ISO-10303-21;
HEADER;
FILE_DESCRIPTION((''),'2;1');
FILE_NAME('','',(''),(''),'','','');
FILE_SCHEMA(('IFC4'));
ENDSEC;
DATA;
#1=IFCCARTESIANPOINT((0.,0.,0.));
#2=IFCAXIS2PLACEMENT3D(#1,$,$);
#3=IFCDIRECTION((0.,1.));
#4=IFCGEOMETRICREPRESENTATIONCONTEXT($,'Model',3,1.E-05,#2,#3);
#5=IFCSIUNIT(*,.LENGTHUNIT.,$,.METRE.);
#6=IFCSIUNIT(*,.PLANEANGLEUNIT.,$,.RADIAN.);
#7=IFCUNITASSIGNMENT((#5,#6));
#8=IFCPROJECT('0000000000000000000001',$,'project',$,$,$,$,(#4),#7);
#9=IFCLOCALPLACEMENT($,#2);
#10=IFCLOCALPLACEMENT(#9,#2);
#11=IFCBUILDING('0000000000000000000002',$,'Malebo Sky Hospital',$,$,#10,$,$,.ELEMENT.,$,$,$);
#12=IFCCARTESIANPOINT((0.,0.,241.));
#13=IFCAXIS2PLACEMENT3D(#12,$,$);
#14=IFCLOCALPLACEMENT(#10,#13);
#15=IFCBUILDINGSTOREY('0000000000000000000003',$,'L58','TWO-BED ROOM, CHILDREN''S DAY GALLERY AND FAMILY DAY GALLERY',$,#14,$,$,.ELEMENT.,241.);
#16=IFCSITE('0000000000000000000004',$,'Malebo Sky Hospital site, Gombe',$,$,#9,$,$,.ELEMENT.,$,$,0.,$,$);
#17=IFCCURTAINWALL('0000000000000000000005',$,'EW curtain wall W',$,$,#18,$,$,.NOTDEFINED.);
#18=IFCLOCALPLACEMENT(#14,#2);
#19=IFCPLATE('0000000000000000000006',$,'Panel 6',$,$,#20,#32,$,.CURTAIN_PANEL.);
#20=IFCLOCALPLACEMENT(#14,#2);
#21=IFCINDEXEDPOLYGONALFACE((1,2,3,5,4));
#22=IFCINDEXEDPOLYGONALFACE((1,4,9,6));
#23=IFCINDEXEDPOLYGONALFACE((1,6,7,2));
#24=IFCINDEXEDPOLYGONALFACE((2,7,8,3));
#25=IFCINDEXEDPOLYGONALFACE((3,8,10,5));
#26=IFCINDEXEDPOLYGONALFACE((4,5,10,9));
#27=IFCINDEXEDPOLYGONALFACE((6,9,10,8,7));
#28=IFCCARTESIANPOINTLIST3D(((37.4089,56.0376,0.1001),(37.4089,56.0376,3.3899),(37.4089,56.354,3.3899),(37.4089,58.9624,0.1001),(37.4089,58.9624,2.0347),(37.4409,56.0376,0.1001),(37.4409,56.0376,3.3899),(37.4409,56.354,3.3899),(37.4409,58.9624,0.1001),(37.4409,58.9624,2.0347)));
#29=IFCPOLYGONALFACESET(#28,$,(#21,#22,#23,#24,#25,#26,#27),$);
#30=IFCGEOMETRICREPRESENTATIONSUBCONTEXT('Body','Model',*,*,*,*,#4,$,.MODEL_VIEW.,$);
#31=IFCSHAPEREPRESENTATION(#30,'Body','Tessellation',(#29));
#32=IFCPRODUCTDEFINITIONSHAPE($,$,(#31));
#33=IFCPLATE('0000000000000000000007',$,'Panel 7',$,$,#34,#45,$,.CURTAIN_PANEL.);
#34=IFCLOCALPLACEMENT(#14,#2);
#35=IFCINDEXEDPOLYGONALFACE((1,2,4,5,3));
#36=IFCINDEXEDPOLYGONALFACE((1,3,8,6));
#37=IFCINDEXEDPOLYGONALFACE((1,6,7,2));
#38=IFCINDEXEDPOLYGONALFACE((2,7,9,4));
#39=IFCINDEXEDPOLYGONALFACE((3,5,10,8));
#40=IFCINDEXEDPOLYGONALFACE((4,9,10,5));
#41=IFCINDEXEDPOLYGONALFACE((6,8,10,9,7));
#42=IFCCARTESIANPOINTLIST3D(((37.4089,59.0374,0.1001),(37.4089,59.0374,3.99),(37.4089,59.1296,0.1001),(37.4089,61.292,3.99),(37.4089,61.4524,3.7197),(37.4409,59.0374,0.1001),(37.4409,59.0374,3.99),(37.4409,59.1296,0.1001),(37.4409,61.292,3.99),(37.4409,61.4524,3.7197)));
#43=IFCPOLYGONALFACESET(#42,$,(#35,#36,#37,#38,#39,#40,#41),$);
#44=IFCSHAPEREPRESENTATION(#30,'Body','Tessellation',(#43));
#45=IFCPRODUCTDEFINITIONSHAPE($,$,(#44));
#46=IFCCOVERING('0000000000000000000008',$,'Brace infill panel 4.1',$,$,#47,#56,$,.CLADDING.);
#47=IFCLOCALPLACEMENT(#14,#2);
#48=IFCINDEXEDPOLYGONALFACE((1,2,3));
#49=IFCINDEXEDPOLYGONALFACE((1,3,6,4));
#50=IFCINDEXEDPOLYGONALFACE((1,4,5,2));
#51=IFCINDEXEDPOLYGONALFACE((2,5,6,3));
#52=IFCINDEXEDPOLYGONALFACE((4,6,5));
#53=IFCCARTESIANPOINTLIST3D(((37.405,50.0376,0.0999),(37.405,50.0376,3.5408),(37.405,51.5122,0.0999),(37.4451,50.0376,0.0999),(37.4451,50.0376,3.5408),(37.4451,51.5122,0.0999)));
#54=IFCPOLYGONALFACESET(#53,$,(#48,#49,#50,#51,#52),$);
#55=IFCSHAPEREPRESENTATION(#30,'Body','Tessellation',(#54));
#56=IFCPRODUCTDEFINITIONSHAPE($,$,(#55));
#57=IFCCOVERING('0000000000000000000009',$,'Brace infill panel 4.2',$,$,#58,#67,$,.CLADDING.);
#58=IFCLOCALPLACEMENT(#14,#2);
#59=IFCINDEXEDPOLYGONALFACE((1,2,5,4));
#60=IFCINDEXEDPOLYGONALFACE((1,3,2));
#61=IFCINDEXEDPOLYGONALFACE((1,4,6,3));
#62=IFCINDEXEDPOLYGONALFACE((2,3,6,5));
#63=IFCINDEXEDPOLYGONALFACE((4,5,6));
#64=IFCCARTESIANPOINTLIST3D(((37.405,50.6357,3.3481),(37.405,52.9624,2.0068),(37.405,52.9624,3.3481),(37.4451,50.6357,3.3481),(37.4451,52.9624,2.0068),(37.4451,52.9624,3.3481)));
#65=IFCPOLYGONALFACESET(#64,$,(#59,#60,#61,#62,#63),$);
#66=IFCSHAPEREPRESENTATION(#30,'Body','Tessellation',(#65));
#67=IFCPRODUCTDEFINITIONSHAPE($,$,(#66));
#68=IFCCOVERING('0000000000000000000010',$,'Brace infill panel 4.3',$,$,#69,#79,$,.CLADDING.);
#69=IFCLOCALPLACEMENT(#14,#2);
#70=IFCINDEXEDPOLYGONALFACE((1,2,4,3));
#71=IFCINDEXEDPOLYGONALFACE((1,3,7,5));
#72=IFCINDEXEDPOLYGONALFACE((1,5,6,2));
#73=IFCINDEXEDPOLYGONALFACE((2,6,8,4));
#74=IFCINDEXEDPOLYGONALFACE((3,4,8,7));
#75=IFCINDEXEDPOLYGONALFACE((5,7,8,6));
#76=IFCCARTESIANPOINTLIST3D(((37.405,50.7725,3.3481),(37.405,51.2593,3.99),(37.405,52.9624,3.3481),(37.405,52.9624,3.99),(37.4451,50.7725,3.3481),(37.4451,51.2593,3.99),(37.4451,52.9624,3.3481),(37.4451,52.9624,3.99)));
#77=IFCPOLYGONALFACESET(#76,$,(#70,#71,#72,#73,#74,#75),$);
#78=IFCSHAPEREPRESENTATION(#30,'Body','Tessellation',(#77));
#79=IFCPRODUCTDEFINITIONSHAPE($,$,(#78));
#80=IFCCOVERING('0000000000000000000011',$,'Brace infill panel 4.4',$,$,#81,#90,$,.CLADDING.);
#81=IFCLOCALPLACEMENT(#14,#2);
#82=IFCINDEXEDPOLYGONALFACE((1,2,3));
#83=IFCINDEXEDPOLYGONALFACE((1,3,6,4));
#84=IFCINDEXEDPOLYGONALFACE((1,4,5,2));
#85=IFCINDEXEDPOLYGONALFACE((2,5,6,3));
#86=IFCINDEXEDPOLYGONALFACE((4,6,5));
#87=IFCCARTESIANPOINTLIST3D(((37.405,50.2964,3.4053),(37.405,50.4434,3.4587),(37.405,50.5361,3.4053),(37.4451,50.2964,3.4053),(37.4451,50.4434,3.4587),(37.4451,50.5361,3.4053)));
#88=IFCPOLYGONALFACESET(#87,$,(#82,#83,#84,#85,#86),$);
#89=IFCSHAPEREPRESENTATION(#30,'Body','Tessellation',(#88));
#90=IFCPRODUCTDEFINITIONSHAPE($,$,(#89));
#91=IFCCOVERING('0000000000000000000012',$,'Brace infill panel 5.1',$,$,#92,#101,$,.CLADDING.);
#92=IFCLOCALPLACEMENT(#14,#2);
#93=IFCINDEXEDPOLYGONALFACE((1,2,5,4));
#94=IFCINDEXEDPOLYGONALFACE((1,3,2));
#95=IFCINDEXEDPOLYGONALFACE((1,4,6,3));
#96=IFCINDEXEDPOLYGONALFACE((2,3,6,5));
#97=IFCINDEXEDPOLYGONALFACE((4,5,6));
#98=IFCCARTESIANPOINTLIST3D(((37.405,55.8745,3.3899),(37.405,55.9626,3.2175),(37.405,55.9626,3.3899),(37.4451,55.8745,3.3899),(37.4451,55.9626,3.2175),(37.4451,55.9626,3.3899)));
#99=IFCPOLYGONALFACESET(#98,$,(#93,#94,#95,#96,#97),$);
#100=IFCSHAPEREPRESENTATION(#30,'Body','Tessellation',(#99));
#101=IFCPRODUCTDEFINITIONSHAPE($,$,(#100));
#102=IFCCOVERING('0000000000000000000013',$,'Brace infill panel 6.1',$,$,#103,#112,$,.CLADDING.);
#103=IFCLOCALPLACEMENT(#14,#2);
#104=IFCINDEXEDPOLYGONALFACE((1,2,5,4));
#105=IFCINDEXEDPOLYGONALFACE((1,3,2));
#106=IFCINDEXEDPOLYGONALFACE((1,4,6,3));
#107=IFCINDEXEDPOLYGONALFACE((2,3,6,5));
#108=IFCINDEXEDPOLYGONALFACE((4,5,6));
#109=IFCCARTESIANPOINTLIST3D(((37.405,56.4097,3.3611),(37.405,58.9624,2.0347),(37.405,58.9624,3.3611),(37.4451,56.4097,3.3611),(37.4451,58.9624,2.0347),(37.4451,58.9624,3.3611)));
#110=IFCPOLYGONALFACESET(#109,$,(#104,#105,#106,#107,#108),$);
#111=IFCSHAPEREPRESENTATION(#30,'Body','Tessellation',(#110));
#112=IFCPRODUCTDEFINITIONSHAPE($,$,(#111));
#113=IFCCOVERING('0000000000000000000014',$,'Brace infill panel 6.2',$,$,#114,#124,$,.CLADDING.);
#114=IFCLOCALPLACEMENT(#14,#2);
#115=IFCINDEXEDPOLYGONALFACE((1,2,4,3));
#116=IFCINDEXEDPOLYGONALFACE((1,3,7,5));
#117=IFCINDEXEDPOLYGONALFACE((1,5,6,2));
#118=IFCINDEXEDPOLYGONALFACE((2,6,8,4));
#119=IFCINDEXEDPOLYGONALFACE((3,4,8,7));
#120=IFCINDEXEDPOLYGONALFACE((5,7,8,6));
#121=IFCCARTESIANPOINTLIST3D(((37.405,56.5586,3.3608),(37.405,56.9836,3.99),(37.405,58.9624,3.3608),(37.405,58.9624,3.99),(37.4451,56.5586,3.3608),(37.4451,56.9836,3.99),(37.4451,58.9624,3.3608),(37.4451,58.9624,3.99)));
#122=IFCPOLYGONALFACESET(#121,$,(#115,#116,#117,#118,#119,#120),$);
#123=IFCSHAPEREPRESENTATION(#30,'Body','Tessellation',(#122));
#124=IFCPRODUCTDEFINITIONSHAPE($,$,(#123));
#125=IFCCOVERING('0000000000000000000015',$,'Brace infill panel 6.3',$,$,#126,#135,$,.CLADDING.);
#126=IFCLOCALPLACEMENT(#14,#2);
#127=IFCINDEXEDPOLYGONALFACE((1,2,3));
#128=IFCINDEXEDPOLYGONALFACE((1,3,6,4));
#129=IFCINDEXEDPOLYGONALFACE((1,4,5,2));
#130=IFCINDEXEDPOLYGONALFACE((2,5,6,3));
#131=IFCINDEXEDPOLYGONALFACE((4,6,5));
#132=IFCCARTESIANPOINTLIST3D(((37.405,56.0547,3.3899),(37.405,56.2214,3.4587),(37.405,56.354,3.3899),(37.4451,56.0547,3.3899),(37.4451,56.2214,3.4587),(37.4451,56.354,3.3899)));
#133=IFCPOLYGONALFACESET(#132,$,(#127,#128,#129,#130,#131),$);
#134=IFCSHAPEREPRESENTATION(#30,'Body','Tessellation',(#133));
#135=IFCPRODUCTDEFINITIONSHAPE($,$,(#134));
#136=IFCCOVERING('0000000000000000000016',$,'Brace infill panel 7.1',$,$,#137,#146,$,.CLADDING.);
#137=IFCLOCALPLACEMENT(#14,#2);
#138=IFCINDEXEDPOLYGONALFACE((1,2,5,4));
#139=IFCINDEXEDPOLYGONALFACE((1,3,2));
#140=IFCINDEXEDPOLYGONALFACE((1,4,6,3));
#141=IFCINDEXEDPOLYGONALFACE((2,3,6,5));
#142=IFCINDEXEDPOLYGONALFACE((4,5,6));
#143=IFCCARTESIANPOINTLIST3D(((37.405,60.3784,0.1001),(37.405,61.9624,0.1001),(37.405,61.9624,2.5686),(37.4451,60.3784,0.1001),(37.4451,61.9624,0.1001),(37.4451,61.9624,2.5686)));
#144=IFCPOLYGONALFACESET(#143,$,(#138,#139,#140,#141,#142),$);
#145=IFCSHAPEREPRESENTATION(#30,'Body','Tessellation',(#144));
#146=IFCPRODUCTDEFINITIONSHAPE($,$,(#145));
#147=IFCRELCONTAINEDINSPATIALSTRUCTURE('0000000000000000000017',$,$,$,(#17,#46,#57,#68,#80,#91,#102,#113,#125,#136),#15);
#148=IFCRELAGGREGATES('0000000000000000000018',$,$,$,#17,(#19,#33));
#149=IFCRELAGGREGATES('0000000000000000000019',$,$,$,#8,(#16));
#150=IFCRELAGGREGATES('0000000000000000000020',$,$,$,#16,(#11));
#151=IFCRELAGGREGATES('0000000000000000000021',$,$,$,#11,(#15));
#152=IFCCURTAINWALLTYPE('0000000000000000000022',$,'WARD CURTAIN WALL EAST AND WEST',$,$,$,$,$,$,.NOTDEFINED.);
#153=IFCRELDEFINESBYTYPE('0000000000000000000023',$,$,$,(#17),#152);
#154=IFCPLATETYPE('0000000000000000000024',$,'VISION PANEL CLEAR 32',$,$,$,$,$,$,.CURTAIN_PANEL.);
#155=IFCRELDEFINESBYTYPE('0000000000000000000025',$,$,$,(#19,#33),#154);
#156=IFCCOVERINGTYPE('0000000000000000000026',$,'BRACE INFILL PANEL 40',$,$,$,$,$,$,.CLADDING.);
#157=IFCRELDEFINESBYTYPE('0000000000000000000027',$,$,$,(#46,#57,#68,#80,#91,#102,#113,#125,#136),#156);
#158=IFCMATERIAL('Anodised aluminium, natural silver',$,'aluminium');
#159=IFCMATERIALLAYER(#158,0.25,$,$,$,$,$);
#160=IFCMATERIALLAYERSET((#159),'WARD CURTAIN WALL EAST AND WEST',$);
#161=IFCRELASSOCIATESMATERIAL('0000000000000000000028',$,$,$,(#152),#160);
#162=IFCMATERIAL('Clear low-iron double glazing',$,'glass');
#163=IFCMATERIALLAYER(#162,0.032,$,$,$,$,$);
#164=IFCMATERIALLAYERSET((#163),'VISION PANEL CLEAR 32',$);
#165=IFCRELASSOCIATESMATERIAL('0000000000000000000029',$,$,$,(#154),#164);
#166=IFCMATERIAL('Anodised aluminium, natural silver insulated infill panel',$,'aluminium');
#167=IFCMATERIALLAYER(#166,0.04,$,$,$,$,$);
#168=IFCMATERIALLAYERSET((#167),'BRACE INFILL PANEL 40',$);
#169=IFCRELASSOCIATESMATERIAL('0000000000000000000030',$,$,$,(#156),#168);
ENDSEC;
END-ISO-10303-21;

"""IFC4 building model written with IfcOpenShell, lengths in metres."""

from ifc_helpers import new_model, si_unit, direction, frame, origin, place, context, subcontext, project, spatial, polyline, outline, extrude, material, layer, layer_set, type_object, element, aggregate, save


model = new_model("IFC4")

# Units and contexts
model_context = context("Model", 3, precision=1e-05, world=origin(), true_north=direction((0.0, 1.0)))
body_context = subcontext(model_context, "Body", "Model", "MODEL_VIEW")
ifc_project = project(units=[si_unit("LENGTHUNIT", "METRE"), si_unit("PLANEANGLEUNIT", "RADIAN")], contexts=[model_context])

# Site, building, storey
site_placement = place(None, origin())
site = spatial("IfcSite", under=ifc_project, at=site_placement, Name="Malebo Sky Hospital site, Gombe", CompositionType="ELEMENT", RefElevation=0.0)
building_placement = place(site_placement, origin())
building = spatial("IfcBuilding", under=site, at=building_placement, Name="Malebo Sky Hospital", CompositionType="ELEMENT")
storey_placement = place(building_placement, frame((0.0, 0.0, 241.0)))
storey = spatial("IfcBuildingStorey", under=building, at=storey_placement, Name="L58", Description="TWO-BED ROOM, CHILDREN'S DAY GALLERY AND FAMILY DAY GALLERY", CompositionType="ELEMENT", Elevation=241.0)

# Curtain wall
ifc_material_1 = material(Name="Anodised aluminium, natural silver", Category="aluminium")
ifc_layer_1 = layer(ifc_material_1, 0.25)
ifc_layer_set_1 = layer_set([ifc_layer_1], Name="WARD CURTAIN WALL EAST AND WEST")
curtain_wall_type = type_object("IfcCurtainWallType", Name="WARD CURTAIN WALL EAST AND WEST", PredefinedType="NOTDEFINED", material=ifc_layer_set_1)
curtain_wall_placement = place(storey_placement, origin())
curtain_wall = element("IfcCurtainWall", 1, at=curtain_wall_placement, inside=storey, type_object=curtain_wall_type, Name="EW curtain wall W", PredefinedType="NOTDEFINED")

# Plates
ifc_material_2 = material(Name="Clear low-iron double glazing", Category="glass")
ifc_layer_2 = layer(ifc_material_2, 0.032)
ifc_layer_set_2 = layer_set([ifc_layer_2], Name="VISION PANEL CLEAR 32")
plate_type = type_object("IfcPlateType", Name="VISION PANEL CLEAR 32", PredefinedType="CURTAIN_PANEL", material=ifc_layer_set_2)
plate_1_placement = place(storey_placement, frame((37.425, 57.5, 0.1001), z_axis=(0.0, 0.0, 1.0), x_axis=(0.0, 1.0, 0.0)))
plate_1 = element("IfcPlate", 2, at=plate_1_placement, type_object=plate_type, Name="Panel 6", PredefinedType="CURTAIN_PANEL", context=body_context, shape_type="SweptSolid", body=[
    extrude(outline(polyline([(-1.4624, 0.0), (1.4624, 0.0), (1.4624, 1.9346), (-1.146, 3.2898), (-1.4624, 3.2898), (-1.4624, 0.0)])), frame((0.0, 0.0161, 0.0), z_axis=(0.0, -1.0, 0.0), x_axis=(1.0, 0.0, 0.0)), (0.0, 0.0, 1.0), 0.032),
])
plate_2_placement = place(storey_placement, frame((37.425, 60.2449, 0.1001), z_axis=(0.0, 0.0, 1.0), x_axis=(0.0, 1.0, 0.0)))
plate_2 = element("IfcPlate", 3, at=plate_2_placement, type_object=plate_type, Name="Panel 7", PredefinedType="CURTAIN_PANEL", context=body_context, shape_type="SweptSolid", body=[
    extrude(outline(polyline([(-1.2075, 0.0), (-1.1152, 0.0), (1.2075, 3.6196), (1.0471, 3.8899), (-1.2075, 3.8899), (-1.2075, 0.0)])), frame((0.0, 0.0161, 0.0), z_axis=(0.0, -1.0, 0.0), x_axis=(1.0, 0.0, 0.0)), (0.0, 0.0, 1.0), 0.032),
])
aggregate(curtain_wall, [plate_1, plate_2])

# Coverings
ifc_material_3 = material(Name="Anodised aluminium, natural silver insulated infill panel", Category="aluminium")
ifc_layer_3 = layer(ifc_material_3, 0.04)
ifc_layer_set_3 = layer_set([ifc_layer_3], Name="BRACE INFILL PANEL 40")
covering_type = type_object("IfcCoveringType", Name="BRACE INFILL PANEL 40", PredefinedType="CLADDING", material=ifc_layer_set_3)
covering_1_placement = place(storey_placement, frame((37.425, 50.7749, 0.0999), z_axis=(0.0, 0.0, 1.0), x_axis=(0.0, 1.0, 0.0)))
element("IfcCovering", 4, at=covering_1_placement, inside=storey, type_object=covering_type, Name="Brace infill panel 4.1", PredefinedType="CLADDING", context=body_context, shape_type="SweptSolid", body=[
    extrude(outline(polyline([(-0.7373, 0.0), (0.7373, 0.0), (-0.7373, 3.4409), (-0.7373, 0.0)])), frame((0.0, 0.02, 0.0), z_axis=(0.0, -1.0, 0.0), x_axis=(1.0, 0.0, 0.0)), (0.0, 0.0, 1.0), 0.04),
])
covering_2_placement = place(storey_placement, frame((37.425, 51.7991, 2.0068), z_axis=(0.0, 0.0, 1.0), x_axis=(0.0, 1.0, 0.0)))
element("IfcCovering", 5, at=covering_2_placement, inside=storey, type_object=covering_type, Name="Brace infill panel 4.2", PredefinedType="CLADDING", context=body_context, shape_type="SweptSolid", body=[
    extrude(outline(polyline([(1.1633, 0.0), (1.1633, 1.3413), (-1.1633, 1.3413), (1.1633, 0.0)])), frame((0.0, 0.02, 0.0), z_axis=(0.0, -1.0, 0.0), x_axis=(1.0, 0.0, 0.0)), (0.0, 0.0, 1.0), 0.04),
])
covering_3_placement = place(storey_placement, frame((37.425, 51.8674, 3.3481), z_axis=(0.0, 0.0, 1.0), x_axis=(0.0, 1.0, 0.0)))
element("IfcCovering", 6, at=covering_3_placement, inside=storey, type_object=covering_type, Name="Brace infill panel 4.3", PredefinedType="CLADDING", context=body_context, shape_type="SweptSolid", body=[
    extrude(outline(polyline([(-1.095, 0.0), (1.095, 0.0), (1.095, 0.6418), (-0.6082, 0.6418), (-1.095, 0.0)])), frame((0.0, 0.02, 0.0), z_axis=(0.0, -1.0, 0.0), x_axis=(1.0, 0.0, 0.0)), (0.0, 0.0, 1.0), 0.04),
])
covering_4_placement = place(storey_placement, frame((37.425, 50.4163, 3.4053), z_axis=(0.0, 0.0, 1.0), x_axis=(0.0, 1.0, 0.0)))
element("IfcCovering", 7, at=covering_4_placement, inside=storey, type_object=covering_type, Name="Brace infill panel 4.4", PredefinedType="CLADDING", context=body_context, shape_type="SweptSolid", body=[
    extrude(outline(polyline([(-0.1199, 0.0), (0.1199, 0.0), (0.0271, 0.0535), (-0.1199, 0.0)])), frame((0.0, 0.02, 0.0), z_axis=(0.0, -1.0, 0.0), x_axis=(1.0, 0.0, 0.0)), (0.0, 0.0, 1.0), 0.04),
])
covering_5_placement = place(storey_placement, frame((37.425, 55.9185, 3.2175), z_axis=(0.0, 0.0, 1.0), x_axis=(0.0, 1.0, 0.0)))
element("IfcCovering", 8, at=covering_5_placement, inside=storey, type_object=covering_type, Name="Brace infill panel 5.1", PredefinedType="CLADDING", context=body_context, shape_type="SweptSolid", body=[
    extrude(outline(polyline([(0.0442, 0.0), (0.0442, 0.1724), (-0.0439, 0.1724), (0.0442, 0.0)])), frame((0.0, 0.02, 0.0), z_axis=(0.0, -1.0, 0.0), x_axis=(1.0, 0.0, 0.0)), (0.0, 0.0, 1.0), 0.04),
])
covering_6_placement = place(storey_placement, frame((37.425, 57.686, 2.0347), z_axis=(0.0, 0.0, 1.0), x_axis=(0.0, 1.0, 0.0)))
element("IfcCovering", 9, at=covering_6_placement, inside=storey, type_object=covering_type, Name="Brace infill panel 6.1", PredefinedType="CLADDING", context=body_context, shape_type="SweptSolid", body=[
    extrude(outline(polyline([(1.2764, 0.0), (1.2764, 1.3264), (-1.2764, 1.3264), (1.2764, 0.0)])), frame((0.0, 0.02, 0.0), z_axis=(0.0, -1.0, 0.0), x_axis=(1.0, 0.0, 0.0)), (0.0, 0.0, 1.0), 0.04),
])
covering_7_placement = place(storey_placement, frame((37.425, 57.7605, 3.3608), z_axis=(0.0, 0.0, 1.0), x_axis=(0.0, 1.0, 0.0)))
element("IfcCovering", 10, at=covering_7_placement, inside=storey, type_object=covering_type, Name="Brace infill panel 6.2", PredefinedType="CLADDING", context=body_context, shape_type="SweptSolid", body=[
    extrude(outline(polyline([(-1.2019, 0.0), (1.2019, 0.0), (1.2019, 0.6292), (-0.7769, 0.6292), (-1.2019, 0.0)])), frame((0.0, 0.02, 0.0), z_axis=(0.0, -1.0, 0.0), x_axis=(1.0, 0.0, 0.0)), (0.0, 0.0, 1.0), 0.04),
])
covering_8_placement = place(storey_placement, frame((37.425, 56.2043, 3.3899), z_axis=(0.0, 0.0, 1.0), x_axis=(0.0, 1.0, 0.0)))
element("IfcCovering", 11, at=covering_8_placement, inside=storey, type_object=covering_type, Name="Brace infill panel 6.3", PredefinedType="CLADDING", context=body_context, shape_type="SweptSolid", body=[
    extrude(outline(polyline([(-0.1497, 0.0), (0.1497, 0.0), (0.0171, 0.0688), (-0.1497, 0.0)])), frame((0.0, 0.02, 0.0), z_axis=(0.0, -1.0, 0.0), x_axis=(1.0, 0.0, 0.0)), (0.0, 0.0, 1.0), 0.04),
])
covering_9_placement = place(storey_placement, frame((37.425, 61.1704, 0.1001), z_axis=(0.0, 0.0, 1.0), x_axis=(0.0, 1.0, 0.0)))
element("IfcCovering", 12, at=covering_9_placement, inside=storey, type_object=covering_type, Name="Brace infill panel 7.1", PredefinedType="CLADDING", context=body_context, shape_type="SweptSolid", body=[
    extrude(outline(polyline([(-0.792, 0.0), (0.792, 0.0), (0.792, 2.4685), (-0.792, 0.0)])), frame((0.0, 0.02, 0.0), z_axis=(0.0, -1.0, 0.0), x_axis=(1.0, 0.0, 0.0)), (0.0, 0.0, 1.0), 0.04),
])

save(model, "model.ifc")
